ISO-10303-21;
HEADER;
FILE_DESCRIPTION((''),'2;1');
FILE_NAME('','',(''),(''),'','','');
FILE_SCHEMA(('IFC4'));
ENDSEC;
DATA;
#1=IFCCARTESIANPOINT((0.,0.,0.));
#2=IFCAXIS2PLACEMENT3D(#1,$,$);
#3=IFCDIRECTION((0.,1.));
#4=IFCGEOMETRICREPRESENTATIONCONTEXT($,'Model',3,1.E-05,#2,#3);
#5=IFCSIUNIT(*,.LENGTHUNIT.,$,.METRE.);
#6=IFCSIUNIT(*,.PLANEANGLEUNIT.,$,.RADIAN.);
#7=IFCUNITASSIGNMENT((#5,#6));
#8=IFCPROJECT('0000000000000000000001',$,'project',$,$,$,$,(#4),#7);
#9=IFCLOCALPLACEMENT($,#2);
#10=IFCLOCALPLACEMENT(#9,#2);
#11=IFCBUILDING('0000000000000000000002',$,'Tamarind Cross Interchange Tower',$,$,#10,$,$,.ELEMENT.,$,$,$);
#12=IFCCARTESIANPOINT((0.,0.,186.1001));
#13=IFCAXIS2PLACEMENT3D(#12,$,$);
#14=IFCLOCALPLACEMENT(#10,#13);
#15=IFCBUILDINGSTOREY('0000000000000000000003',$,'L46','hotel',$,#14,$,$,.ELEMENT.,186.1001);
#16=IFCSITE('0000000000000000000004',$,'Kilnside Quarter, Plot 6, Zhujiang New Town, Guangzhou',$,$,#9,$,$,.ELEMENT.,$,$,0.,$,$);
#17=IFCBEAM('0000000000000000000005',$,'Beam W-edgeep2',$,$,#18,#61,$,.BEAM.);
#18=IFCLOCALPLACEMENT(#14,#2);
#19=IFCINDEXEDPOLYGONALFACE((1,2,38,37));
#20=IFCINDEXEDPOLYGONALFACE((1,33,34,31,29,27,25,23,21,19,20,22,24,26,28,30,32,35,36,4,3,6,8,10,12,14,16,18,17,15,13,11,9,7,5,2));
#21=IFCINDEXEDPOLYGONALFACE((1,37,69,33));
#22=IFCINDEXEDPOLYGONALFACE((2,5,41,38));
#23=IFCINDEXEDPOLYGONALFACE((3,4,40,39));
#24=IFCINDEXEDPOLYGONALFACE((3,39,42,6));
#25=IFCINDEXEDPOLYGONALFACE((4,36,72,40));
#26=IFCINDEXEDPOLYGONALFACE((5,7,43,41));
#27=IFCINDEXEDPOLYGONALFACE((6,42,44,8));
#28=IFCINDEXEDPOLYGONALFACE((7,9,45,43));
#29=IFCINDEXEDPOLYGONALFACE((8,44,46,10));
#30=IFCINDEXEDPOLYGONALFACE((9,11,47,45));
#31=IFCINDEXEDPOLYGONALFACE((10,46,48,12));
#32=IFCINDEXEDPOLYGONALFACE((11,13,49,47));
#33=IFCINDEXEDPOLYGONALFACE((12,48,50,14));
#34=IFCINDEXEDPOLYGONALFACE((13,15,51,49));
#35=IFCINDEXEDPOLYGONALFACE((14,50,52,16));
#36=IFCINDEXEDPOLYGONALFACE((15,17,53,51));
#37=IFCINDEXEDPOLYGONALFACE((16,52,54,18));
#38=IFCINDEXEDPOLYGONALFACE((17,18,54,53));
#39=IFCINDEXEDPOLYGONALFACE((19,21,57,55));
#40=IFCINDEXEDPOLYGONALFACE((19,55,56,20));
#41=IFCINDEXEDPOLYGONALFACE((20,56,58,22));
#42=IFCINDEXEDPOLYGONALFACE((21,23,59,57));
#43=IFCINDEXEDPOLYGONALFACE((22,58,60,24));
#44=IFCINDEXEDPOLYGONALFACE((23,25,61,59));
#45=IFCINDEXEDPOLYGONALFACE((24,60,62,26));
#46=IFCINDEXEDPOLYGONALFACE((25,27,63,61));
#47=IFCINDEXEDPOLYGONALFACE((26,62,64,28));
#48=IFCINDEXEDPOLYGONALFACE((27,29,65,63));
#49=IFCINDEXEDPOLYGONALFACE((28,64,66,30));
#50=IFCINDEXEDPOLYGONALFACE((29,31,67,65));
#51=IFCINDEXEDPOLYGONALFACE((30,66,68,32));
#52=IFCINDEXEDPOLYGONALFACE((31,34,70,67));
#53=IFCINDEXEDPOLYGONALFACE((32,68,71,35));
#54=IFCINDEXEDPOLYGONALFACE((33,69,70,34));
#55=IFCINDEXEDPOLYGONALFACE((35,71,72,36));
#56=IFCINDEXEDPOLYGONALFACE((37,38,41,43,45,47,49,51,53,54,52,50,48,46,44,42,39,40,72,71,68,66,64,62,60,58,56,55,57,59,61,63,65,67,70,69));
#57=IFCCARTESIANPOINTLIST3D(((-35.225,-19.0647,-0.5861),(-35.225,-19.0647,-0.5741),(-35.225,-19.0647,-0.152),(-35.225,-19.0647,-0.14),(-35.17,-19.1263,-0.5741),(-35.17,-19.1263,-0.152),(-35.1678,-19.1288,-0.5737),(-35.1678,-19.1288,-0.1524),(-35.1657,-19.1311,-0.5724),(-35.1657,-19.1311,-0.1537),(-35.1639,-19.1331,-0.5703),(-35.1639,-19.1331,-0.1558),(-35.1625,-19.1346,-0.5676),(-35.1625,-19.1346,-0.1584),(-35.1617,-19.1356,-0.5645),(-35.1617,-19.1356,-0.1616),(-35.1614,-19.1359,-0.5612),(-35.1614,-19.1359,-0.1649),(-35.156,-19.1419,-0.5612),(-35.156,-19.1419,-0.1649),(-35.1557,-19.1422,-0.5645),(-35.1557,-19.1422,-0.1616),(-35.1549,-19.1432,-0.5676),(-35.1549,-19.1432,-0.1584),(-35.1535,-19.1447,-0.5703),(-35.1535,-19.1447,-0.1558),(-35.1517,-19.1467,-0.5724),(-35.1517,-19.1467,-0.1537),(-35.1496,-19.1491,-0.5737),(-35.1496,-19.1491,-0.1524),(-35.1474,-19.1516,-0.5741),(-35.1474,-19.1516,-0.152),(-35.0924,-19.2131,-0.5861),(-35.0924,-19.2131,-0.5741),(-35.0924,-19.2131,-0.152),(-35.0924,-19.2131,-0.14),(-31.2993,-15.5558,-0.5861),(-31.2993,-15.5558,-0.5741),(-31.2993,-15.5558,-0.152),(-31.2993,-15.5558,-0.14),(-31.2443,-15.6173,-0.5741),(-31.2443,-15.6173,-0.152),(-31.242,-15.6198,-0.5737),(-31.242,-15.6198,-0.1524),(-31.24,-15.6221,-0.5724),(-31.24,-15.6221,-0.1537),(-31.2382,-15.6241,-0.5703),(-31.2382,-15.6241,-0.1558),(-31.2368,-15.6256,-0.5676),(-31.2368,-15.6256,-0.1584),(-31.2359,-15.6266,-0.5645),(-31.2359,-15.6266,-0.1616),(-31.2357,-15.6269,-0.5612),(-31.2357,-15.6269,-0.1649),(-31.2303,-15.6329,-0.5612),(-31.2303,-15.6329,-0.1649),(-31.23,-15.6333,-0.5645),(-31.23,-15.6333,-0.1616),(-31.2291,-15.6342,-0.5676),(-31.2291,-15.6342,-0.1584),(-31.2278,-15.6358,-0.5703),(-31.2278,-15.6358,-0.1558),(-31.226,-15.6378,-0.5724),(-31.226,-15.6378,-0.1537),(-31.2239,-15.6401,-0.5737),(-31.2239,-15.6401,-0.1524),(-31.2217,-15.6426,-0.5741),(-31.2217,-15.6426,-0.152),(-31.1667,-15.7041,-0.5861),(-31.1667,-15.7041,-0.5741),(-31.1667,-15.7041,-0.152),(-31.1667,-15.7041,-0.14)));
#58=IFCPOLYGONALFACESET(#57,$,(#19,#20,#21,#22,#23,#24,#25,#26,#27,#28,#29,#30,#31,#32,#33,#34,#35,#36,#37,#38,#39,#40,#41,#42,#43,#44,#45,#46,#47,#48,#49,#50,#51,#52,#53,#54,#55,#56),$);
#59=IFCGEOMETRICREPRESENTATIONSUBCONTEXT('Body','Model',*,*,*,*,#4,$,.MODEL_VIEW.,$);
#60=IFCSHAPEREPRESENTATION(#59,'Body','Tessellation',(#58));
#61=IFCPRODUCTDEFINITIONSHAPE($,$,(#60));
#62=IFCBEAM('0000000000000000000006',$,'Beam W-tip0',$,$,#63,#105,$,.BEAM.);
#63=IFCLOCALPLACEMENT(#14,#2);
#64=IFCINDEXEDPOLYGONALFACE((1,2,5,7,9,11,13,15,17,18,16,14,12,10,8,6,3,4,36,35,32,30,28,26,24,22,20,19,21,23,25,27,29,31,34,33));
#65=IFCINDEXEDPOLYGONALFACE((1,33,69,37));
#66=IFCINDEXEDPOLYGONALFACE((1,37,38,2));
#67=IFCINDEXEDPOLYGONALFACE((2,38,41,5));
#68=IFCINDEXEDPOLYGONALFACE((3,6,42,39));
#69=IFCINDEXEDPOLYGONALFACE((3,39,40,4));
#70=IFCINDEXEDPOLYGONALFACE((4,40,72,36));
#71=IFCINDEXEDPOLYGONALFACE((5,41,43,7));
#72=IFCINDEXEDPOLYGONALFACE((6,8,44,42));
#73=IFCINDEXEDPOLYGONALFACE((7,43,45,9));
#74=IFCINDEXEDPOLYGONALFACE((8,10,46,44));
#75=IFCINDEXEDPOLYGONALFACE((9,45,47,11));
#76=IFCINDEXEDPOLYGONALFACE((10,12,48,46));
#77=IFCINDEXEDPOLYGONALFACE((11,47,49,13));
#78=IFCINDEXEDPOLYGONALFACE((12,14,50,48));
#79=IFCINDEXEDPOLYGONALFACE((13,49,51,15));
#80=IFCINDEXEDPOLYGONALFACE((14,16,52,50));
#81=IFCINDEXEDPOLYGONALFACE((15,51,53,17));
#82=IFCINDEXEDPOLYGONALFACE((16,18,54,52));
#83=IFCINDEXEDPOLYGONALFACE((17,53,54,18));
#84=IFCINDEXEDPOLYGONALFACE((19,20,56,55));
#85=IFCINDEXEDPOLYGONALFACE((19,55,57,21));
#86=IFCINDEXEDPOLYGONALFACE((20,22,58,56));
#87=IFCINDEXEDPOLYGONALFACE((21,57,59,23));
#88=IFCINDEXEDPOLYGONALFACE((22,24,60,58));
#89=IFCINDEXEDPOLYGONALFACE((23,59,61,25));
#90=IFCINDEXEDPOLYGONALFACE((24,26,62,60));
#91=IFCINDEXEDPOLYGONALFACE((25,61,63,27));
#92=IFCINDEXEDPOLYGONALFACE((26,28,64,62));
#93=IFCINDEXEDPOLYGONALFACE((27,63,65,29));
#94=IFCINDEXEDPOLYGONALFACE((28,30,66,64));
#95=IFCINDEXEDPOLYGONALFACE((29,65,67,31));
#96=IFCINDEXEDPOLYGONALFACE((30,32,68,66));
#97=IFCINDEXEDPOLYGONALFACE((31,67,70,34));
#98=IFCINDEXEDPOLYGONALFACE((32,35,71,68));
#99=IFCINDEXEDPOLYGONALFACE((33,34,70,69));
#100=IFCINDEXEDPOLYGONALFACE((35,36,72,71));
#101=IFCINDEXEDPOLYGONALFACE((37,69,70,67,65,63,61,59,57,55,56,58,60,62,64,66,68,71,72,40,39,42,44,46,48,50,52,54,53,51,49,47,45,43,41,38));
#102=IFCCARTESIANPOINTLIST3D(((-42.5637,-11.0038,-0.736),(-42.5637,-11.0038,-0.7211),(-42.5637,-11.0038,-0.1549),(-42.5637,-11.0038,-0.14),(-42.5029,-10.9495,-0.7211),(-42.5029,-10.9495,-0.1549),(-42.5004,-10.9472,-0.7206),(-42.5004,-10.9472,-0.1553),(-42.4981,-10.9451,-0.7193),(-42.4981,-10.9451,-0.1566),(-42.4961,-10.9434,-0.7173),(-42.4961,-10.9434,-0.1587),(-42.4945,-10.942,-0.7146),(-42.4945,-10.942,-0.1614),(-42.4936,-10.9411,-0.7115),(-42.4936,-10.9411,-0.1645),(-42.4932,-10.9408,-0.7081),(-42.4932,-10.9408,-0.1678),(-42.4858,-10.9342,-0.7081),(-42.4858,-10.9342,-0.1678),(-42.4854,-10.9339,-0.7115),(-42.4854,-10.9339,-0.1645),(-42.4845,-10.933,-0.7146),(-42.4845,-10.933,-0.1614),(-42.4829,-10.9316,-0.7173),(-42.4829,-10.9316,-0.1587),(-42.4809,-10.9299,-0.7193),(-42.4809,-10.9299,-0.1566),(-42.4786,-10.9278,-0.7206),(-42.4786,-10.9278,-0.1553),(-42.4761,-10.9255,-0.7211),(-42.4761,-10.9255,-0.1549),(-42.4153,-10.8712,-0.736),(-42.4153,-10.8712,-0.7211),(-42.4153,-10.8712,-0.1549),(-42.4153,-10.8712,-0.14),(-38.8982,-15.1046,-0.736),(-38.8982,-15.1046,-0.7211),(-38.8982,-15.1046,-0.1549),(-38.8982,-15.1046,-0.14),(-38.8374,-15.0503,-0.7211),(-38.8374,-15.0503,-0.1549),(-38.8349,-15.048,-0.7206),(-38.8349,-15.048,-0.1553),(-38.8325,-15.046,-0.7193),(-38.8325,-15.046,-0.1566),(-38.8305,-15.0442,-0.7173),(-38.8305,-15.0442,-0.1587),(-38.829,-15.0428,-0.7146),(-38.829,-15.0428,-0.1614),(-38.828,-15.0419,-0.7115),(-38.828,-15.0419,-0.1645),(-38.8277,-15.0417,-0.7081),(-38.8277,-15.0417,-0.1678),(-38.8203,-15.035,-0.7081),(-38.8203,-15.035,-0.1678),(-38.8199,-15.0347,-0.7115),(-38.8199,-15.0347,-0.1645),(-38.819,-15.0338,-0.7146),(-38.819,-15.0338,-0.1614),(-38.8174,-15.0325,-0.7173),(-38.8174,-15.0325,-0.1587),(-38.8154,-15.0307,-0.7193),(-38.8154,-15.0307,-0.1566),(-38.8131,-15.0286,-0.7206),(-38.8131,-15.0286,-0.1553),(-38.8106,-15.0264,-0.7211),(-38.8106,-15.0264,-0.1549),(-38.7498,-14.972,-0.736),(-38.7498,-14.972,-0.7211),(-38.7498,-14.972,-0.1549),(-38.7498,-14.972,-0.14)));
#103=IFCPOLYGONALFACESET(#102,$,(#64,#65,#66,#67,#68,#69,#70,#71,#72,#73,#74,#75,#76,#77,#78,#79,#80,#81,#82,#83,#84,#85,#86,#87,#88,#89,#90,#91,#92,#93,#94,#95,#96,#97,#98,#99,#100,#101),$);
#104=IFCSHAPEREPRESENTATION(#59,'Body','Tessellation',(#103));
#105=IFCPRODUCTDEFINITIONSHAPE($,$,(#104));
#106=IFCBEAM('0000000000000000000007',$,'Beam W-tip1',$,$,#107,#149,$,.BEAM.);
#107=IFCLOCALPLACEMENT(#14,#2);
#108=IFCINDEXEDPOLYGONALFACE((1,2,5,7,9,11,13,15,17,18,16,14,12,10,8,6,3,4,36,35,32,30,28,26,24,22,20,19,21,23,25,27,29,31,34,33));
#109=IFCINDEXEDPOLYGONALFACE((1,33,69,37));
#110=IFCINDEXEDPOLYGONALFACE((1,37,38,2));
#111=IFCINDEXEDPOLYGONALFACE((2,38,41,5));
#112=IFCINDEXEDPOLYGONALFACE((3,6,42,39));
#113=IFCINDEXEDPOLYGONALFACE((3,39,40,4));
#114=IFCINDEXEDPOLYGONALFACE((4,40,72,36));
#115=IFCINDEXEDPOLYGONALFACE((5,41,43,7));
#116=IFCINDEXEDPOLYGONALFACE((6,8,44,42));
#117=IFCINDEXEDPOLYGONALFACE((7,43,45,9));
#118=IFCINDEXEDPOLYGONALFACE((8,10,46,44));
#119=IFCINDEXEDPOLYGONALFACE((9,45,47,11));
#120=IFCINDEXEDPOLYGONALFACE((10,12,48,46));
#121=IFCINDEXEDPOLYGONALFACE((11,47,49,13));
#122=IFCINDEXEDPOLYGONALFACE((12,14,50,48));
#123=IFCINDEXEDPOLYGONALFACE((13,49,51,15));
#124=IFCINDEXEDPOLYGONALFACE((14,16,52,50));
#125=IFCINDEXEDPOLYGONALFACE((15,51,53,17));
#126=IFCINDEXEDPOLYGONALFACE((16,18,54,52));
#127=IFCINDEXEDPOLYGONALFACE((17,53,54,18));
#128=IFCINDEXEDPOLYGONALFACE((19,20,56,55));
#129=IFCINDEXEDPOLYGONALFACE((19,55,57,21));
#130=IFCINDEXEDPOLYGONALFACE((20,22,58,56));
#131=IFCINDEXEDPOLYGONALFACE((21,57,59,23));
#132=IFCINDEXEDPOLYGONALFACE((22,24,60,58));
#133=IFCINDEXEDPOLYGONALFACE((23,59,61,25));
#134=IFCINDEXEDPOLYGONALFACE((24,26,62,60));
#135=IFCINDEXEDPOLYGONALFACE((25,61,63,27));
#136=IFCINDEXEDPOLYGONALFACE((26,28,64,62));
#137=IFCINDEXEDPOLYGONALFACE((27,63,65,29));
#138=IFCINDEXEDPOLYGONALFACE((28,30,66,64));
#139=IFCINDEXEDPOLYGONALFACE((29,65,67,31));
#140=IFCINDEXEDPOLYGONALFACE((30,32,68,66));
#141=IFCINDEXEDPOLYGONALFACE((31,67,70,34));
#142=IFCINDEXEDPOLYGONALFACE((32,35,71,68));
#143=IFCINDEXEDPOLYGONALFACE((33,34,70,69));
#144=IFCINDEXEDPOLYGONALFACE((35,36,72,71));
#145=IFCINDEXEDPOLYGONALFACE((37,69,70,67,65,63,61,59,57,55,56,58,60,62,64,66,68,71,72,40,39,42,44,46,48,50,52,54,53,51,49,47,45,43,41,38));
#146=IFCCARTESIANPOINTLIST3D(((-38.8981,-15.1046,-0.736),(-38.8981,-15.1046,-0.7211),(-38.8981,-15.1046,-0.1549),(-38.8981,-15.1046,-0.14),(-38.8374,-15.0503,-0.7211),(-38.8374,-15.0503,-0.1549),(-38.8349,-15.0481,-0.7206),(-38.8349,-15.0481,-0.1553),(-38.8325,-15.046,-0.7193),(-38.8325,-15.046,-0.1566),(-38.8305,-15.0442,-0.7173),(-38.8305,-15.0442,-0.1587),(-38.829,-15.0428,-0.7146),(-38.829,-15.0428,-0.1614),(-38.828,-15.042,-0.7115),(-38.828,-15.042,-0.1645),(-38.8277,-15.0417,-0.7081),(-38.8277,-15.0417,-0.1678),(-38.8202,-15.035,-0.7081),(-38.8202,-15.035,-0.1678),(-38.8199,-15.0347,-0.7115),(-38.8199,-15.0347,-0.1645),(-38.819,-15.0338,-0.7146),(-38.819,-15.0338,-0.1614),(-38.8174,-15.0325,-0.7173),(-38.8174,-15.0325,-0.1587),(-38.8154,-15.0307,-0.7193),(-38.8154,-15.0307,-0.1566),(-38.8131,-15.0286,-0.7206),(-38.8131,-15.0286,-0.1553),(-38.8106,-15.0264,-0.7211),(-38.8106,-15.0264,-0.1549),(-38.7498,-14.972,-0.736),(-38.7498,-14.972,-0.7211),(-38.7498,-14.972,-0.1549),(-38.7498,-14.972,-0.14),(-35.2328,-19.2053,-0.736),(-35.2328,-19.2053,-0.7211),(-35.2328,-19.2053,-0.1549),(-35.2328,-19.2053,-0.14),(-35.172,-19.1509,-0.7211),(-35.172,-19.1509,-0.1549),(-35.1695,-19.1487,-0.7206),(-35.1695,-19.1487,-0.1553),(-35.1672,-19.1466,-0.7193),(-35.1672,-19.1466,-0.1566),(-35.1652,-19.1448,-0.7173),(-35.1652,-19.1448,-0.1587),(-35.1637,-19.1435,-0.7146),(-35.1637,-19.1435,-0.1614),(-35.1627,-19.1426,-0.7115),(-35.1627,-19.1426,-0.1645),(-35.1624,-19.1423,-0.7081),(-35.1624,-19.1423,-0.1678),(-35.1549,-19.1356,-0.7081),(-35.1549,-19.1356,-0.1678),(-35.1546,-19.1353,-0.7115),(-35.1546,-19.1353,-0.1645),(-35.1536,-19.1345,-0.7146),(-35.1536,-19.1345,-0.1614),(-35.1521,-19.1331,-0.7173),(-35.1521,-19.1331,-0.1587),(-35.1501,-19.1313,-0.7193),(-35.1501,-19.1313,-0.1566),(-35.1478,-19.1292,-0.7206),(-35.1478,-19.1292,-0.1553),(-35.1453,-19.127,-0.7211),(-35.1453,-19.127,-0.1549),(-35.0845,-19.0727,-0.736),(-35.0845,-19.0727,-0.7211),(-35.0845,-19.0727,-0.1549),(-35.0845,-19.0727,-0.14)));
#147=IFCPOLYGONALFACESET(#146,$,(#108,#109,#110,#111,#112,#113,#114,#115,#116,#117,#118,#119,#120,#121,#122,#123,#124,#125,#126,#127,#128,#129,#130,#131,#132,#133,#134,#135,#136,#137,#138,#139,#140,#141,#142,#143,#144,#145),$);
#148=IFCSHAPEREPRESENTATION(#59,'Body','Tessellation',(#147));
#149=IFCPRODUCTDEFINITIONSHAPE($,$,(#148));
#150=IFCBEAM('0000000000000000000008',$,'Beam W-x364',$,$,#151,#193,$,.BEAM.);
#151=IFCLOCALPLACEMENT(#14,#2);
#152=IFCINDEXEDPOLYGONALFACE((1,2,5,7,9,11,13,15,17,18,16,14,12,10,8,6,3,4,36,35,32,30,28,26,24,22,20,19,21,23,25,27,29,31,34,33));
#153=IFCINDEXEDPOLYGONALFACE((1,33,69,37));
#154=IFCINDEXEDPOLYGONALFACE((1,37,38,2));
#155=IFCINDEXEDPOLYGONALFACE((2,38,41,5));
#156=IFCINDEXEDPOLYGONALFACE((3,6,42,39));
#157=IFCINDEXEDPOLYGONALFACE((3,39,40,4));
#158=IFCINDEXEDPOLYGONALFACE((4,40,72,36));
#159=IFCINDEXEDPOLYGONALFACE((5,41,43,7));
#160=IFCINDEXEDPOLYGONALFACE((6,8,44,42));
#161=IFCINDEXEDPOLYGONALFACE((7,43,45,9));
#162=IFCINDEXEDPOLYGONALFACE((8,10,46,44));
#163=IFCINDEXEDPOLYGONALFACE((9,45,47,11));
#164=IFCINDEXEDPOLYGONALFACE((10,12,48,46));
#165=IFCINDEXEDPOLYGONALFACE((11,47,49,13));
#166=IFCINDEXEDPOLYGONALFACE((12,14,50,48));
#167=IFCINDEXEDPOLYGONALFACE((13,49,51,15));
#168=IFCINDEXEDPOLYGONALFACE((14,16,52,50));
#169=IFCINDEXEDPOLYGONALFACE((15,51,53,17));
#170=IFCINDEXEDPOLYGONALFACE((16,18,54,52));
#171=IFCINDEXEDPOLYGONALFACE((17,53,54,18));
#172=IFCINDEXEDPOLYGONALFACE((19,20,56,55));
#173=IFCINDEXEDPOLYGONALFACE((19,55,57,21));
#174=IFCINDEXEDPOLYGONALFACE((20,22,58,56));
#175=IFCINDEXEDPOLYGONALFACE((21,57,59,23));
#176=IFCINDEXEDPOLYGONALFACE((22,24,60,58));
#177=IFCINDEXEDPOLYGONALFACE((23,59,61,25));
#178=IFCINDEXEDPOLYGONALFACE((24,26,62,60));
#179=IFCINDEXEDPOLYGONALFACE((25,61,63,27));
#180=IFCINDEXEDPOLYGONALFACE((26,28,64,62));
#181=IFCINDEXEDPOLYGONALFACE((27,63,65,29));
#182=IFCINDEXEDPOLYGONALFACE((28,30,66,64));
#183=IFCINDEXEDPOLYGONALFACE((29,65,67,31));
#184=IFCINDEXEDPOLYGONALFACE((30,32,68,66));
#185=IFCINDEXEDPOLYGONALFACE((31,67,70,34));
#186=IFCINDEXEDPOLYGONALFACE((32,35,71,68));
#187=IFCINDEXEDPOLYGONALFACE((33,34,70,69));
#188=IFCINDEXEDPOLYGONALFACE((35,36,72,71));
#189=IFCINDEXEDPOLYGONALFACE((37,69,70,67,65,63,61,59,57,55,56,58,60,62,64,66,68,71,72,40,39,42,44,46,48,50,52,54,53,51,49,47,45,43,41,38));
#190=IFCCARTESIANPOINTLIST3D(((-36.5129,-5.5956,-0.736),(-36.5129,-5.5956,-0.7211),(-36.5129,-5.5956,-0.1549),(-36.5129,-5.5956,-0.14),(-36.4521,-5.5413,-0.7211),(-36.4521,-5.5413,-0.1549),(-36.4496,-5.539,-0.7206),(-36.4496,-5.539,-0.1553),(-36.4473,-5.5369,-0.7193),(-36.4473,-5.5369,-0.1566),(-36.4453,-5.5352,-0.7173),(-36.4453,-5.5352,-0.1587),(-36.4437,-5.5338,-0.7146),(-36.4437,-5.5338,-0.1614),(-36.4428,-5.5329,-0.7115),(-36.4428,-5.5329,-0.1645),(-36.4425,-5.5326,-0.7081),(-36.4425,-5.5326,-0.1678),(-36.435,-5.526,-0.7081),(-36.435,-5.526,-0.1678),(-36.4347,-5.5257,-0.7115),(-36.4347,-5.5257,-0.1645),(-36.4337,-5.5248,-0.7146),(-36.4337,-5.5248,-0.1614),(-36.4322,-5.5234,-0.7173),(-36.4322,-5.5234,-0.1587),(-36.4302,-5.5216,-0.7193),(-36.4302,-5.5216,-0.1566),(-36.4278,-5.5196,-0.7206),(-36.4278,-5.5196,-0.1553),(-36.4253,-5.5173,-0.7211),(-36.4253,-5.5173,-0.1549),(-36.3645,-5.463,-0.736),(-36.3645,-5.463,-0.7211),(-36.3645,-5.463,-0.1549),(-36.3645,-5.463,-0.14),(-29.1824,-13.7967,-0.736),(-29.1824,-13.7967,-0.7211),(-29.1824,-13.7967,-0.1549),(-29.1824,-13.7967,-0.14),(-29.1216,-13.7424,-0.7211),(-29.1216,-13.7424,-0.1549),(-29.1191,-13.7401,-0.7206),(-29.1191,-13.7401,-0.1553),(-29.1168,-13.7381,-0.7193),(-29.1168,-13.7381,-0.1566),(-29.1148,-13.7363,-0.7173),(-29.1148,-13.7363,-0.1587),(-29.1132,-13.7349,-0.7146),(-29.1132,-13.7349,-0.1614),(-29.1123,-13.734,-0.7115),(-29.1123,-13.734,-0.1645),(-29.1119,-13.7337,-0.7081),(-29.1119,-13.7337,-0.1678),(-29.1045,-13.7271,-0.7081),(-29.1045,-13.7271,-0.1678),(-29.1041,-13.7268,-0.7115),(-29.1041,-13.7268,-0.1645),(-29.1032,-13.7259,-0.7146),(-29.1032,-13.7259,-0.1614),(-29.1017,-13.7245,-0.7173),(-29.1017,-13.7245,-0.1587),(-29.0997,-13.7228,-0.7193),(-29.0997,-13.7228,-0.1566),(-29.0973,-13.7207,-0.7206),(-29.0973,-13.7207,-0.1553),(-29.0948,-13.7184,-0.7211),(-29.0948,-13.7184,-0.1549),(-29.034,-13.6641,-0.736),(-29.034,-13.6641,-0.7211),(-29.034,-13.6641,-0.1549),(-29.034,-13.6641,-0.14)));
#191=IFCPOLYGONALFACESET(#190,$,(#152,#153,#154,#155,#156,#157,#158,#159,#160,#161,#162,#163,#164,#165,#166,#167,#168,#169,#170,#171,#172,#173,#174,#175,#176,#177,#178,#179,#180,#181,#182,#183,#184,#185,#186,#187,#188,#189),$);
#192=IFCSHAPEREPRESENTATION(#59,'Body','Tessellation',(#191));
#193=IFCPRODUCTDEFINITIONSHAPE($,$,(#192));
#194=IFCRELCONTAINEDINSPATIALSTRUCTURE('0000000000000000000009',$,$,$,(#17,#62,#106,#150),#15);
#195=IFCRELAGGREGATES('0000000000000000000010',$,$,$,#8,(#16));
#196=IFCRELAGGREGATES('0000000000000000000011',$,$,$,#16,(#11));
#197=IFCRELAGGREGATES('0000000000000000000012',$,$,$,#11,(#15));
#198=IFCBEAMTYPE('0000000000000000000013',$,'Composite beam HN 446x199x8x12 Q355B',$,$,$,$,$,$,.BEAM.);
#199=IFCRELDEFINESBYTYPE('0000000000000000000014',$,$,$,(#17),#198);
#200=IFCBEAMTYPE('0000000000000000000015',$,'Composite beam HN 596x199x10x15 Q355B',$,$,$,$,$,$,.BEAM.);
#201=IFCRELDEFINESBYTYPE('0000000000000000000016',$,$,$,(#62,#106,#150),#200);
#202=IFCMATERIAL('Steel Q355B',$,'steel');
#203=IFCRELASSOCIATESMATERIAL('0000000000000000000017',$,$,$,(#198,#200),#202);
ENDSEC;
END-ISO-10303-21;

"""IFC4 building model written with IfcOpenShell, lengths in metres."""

from ifc_helpers import new_model, si_unit, direction, frame, origin, origin_2d, place, context, subcontext, project, spatial, i_section, extrude, material, material_profile, profile_set, type_object, element, save


model = new_model("IFC4")

# Units and contexts
model_context = context("Model", 3, precision=1e-05, world=origin(), true_north=direction((0.0, 1.0)))
body_context = subcontext(model_context, "Body", "Model", "MODEL_VIEW")
ifc_project = project(units=[si_unit("LENGTHUNIT", "METRE"), si_unit("PLANEANGLEUNIT", "RADIAN")], contexts=[model_context])

# Site, building, storey
site_placement = place(None, origin())
site = spatial("IfcSite", under=ifc_project, at=site_placement, Name="Kilnside Quarter, Plot 6, Zhujiang New Town, Guangzhou", CompositionType="ELEMENT", RefElevation=0.0)
building_placement = place(site_placement, origin())
building = spatial("IfcBuilding", under=site, at=building_placement, Name="Tamarind Cross Interchange Tower", CompositionType="ELEMENT")
storey_placement = place(building_placement, frame((0.0, 0.0, 186.1001)))
storey = spatial("IfcBuildingStorey", under=building, at=storey_placement, Name="L46", Description="hotel", CompositionType="ELEMENT", Elevation=186.1001)

# Beams
ifc_material_1 = material(Name="Steel Q355B", Category="steel")
ifc_material_profile_1 = material_profile(ifc_material_1, i_section(OverallWidth=0.199, OverallDepth=0.446, WebThickness=0.0081, FlangeThickness=0.012, FilletRadius=0.0129, at=origin_2d()), Name="HN 446x199x8x12")
ifc_profile_set_1 = profile_set([ifc_material_profile_1], Name="Steel Q355B")
beam_type_1 = type_object("IfcBeamType", Name="Composite beam HN 446x199x8x12 Q355B", PredefinedType="BEAM", material=ifc_profile_set_1)
beam_1_placement = place(storey_placement, frame((-35.1587, -19.1389, -0.363), z_axis=(0.745572, 0.666425, 0.0), x_axis=(-0.666425, 0.745572, 0.0)))
element("IfcBeam", 1, at=beam_1_placement, inside=storey, type_object=beam_type_1, Name="Beam W-edgeep2", PredefinedType="BEAM", context=body_context, shape_type="SweptSolid", body=[
    extrude(i_section(OverallWidth=0.199, OverallDepth=0.446, WebThickness=0.0081, FlangeThickness=0.012, FilletRadius=0.0129, at=origin_2d()), origin(), (0.0, 0.0, 1.0), 5.2654),
])
ifc_material_profile_2 = material_profile(ifc_material_1, i_section(OverallWidth=0.199, OverallDepth=0.5959, WebThickness=0.01, FlangeThickness=0.0149, FilletRadius=0.0129, at=origin_2d()), Name="HN 596x199x10x15")
ifc_profile_set_2 = profile_set([ifc_material_profile_2], Name="Steel Q355B")
beam_type_2 = type_object("IfcBeamType", Name="Composite beam HN 596x199x10x15 Q355B", PredefinedType="BEAM", material=ifc_profile_set_2)
beam_2_placement = place(storey_placement, frame((-42.4895, -10.9375, -0.438), z_axis=(0.666428, -0.74557, 0.0), x_axis=(0.74557, 0.666428, 0.0)))
element("IfcBeam", 2, at=beam_2_placement, inside=storey, type_object=beam_type_2, Name="Beam W-tip0", PredefinedType="BEAM", context=body_context, shape_type="SweptSolid", body=[
    extrude(i_section(OverallWidth=0.199, OverallDepth=0.5959, WebThickness=0.01, FlangeThickness=0.0149, FilletRadius=0.0129, at=origin_2d()), origin(), (0.0, 0.0, 1.0), 5.5002),
])
beam_3_placement = place(storey_placement, frame((-38.824, -15.0383, -0.438), z_axis=(0.666425, -0.745572, 0.0), x_axis=(0.745572, 0.666425, 0.0)))
element("IfcBeam", 3, at=beam_3_placement, inside=storey, type_object=beam_type_2, Name="Beam W-tip1", PredefinedType="BEAM", context=body_context, shape_type="SweptSolid", body=[
    extrude(i_section(OverallWidth=0.199, OverallDepth=0.5959, WebThickness=0.01, FlangeThickness=0.0149, FilletRadius=0.0129, at=origin_2d()), origin(), (0.0, 0.0, 1.0), 5.5),
])
beam_4_placement = place(storey_placement, frame((-36.4387, -5.5293, -0.438), z_axis=(0.666425, -0.745572, 0.0), x_axis=(0.745572, 0.666425, 0.0)))
element("IfcBeam", 4, at=beam_4_placement, inside=storey, type_object=beam_type_2, Name="Beam W-x364", PredefinedType="BEAM", context=body_context, shape_type="SweptSolid", body=[
    extrude(i_section(OverallWidth=0.199, OverallDepth=0.5959, WebThickness=0.01, FlangeThickness=0.0149, FilletRadius=0.0129, at=origin_2d()), origin(), (0.0, 0.0, 1.0), 10.9998),
])

save(model, "model.ifc")
